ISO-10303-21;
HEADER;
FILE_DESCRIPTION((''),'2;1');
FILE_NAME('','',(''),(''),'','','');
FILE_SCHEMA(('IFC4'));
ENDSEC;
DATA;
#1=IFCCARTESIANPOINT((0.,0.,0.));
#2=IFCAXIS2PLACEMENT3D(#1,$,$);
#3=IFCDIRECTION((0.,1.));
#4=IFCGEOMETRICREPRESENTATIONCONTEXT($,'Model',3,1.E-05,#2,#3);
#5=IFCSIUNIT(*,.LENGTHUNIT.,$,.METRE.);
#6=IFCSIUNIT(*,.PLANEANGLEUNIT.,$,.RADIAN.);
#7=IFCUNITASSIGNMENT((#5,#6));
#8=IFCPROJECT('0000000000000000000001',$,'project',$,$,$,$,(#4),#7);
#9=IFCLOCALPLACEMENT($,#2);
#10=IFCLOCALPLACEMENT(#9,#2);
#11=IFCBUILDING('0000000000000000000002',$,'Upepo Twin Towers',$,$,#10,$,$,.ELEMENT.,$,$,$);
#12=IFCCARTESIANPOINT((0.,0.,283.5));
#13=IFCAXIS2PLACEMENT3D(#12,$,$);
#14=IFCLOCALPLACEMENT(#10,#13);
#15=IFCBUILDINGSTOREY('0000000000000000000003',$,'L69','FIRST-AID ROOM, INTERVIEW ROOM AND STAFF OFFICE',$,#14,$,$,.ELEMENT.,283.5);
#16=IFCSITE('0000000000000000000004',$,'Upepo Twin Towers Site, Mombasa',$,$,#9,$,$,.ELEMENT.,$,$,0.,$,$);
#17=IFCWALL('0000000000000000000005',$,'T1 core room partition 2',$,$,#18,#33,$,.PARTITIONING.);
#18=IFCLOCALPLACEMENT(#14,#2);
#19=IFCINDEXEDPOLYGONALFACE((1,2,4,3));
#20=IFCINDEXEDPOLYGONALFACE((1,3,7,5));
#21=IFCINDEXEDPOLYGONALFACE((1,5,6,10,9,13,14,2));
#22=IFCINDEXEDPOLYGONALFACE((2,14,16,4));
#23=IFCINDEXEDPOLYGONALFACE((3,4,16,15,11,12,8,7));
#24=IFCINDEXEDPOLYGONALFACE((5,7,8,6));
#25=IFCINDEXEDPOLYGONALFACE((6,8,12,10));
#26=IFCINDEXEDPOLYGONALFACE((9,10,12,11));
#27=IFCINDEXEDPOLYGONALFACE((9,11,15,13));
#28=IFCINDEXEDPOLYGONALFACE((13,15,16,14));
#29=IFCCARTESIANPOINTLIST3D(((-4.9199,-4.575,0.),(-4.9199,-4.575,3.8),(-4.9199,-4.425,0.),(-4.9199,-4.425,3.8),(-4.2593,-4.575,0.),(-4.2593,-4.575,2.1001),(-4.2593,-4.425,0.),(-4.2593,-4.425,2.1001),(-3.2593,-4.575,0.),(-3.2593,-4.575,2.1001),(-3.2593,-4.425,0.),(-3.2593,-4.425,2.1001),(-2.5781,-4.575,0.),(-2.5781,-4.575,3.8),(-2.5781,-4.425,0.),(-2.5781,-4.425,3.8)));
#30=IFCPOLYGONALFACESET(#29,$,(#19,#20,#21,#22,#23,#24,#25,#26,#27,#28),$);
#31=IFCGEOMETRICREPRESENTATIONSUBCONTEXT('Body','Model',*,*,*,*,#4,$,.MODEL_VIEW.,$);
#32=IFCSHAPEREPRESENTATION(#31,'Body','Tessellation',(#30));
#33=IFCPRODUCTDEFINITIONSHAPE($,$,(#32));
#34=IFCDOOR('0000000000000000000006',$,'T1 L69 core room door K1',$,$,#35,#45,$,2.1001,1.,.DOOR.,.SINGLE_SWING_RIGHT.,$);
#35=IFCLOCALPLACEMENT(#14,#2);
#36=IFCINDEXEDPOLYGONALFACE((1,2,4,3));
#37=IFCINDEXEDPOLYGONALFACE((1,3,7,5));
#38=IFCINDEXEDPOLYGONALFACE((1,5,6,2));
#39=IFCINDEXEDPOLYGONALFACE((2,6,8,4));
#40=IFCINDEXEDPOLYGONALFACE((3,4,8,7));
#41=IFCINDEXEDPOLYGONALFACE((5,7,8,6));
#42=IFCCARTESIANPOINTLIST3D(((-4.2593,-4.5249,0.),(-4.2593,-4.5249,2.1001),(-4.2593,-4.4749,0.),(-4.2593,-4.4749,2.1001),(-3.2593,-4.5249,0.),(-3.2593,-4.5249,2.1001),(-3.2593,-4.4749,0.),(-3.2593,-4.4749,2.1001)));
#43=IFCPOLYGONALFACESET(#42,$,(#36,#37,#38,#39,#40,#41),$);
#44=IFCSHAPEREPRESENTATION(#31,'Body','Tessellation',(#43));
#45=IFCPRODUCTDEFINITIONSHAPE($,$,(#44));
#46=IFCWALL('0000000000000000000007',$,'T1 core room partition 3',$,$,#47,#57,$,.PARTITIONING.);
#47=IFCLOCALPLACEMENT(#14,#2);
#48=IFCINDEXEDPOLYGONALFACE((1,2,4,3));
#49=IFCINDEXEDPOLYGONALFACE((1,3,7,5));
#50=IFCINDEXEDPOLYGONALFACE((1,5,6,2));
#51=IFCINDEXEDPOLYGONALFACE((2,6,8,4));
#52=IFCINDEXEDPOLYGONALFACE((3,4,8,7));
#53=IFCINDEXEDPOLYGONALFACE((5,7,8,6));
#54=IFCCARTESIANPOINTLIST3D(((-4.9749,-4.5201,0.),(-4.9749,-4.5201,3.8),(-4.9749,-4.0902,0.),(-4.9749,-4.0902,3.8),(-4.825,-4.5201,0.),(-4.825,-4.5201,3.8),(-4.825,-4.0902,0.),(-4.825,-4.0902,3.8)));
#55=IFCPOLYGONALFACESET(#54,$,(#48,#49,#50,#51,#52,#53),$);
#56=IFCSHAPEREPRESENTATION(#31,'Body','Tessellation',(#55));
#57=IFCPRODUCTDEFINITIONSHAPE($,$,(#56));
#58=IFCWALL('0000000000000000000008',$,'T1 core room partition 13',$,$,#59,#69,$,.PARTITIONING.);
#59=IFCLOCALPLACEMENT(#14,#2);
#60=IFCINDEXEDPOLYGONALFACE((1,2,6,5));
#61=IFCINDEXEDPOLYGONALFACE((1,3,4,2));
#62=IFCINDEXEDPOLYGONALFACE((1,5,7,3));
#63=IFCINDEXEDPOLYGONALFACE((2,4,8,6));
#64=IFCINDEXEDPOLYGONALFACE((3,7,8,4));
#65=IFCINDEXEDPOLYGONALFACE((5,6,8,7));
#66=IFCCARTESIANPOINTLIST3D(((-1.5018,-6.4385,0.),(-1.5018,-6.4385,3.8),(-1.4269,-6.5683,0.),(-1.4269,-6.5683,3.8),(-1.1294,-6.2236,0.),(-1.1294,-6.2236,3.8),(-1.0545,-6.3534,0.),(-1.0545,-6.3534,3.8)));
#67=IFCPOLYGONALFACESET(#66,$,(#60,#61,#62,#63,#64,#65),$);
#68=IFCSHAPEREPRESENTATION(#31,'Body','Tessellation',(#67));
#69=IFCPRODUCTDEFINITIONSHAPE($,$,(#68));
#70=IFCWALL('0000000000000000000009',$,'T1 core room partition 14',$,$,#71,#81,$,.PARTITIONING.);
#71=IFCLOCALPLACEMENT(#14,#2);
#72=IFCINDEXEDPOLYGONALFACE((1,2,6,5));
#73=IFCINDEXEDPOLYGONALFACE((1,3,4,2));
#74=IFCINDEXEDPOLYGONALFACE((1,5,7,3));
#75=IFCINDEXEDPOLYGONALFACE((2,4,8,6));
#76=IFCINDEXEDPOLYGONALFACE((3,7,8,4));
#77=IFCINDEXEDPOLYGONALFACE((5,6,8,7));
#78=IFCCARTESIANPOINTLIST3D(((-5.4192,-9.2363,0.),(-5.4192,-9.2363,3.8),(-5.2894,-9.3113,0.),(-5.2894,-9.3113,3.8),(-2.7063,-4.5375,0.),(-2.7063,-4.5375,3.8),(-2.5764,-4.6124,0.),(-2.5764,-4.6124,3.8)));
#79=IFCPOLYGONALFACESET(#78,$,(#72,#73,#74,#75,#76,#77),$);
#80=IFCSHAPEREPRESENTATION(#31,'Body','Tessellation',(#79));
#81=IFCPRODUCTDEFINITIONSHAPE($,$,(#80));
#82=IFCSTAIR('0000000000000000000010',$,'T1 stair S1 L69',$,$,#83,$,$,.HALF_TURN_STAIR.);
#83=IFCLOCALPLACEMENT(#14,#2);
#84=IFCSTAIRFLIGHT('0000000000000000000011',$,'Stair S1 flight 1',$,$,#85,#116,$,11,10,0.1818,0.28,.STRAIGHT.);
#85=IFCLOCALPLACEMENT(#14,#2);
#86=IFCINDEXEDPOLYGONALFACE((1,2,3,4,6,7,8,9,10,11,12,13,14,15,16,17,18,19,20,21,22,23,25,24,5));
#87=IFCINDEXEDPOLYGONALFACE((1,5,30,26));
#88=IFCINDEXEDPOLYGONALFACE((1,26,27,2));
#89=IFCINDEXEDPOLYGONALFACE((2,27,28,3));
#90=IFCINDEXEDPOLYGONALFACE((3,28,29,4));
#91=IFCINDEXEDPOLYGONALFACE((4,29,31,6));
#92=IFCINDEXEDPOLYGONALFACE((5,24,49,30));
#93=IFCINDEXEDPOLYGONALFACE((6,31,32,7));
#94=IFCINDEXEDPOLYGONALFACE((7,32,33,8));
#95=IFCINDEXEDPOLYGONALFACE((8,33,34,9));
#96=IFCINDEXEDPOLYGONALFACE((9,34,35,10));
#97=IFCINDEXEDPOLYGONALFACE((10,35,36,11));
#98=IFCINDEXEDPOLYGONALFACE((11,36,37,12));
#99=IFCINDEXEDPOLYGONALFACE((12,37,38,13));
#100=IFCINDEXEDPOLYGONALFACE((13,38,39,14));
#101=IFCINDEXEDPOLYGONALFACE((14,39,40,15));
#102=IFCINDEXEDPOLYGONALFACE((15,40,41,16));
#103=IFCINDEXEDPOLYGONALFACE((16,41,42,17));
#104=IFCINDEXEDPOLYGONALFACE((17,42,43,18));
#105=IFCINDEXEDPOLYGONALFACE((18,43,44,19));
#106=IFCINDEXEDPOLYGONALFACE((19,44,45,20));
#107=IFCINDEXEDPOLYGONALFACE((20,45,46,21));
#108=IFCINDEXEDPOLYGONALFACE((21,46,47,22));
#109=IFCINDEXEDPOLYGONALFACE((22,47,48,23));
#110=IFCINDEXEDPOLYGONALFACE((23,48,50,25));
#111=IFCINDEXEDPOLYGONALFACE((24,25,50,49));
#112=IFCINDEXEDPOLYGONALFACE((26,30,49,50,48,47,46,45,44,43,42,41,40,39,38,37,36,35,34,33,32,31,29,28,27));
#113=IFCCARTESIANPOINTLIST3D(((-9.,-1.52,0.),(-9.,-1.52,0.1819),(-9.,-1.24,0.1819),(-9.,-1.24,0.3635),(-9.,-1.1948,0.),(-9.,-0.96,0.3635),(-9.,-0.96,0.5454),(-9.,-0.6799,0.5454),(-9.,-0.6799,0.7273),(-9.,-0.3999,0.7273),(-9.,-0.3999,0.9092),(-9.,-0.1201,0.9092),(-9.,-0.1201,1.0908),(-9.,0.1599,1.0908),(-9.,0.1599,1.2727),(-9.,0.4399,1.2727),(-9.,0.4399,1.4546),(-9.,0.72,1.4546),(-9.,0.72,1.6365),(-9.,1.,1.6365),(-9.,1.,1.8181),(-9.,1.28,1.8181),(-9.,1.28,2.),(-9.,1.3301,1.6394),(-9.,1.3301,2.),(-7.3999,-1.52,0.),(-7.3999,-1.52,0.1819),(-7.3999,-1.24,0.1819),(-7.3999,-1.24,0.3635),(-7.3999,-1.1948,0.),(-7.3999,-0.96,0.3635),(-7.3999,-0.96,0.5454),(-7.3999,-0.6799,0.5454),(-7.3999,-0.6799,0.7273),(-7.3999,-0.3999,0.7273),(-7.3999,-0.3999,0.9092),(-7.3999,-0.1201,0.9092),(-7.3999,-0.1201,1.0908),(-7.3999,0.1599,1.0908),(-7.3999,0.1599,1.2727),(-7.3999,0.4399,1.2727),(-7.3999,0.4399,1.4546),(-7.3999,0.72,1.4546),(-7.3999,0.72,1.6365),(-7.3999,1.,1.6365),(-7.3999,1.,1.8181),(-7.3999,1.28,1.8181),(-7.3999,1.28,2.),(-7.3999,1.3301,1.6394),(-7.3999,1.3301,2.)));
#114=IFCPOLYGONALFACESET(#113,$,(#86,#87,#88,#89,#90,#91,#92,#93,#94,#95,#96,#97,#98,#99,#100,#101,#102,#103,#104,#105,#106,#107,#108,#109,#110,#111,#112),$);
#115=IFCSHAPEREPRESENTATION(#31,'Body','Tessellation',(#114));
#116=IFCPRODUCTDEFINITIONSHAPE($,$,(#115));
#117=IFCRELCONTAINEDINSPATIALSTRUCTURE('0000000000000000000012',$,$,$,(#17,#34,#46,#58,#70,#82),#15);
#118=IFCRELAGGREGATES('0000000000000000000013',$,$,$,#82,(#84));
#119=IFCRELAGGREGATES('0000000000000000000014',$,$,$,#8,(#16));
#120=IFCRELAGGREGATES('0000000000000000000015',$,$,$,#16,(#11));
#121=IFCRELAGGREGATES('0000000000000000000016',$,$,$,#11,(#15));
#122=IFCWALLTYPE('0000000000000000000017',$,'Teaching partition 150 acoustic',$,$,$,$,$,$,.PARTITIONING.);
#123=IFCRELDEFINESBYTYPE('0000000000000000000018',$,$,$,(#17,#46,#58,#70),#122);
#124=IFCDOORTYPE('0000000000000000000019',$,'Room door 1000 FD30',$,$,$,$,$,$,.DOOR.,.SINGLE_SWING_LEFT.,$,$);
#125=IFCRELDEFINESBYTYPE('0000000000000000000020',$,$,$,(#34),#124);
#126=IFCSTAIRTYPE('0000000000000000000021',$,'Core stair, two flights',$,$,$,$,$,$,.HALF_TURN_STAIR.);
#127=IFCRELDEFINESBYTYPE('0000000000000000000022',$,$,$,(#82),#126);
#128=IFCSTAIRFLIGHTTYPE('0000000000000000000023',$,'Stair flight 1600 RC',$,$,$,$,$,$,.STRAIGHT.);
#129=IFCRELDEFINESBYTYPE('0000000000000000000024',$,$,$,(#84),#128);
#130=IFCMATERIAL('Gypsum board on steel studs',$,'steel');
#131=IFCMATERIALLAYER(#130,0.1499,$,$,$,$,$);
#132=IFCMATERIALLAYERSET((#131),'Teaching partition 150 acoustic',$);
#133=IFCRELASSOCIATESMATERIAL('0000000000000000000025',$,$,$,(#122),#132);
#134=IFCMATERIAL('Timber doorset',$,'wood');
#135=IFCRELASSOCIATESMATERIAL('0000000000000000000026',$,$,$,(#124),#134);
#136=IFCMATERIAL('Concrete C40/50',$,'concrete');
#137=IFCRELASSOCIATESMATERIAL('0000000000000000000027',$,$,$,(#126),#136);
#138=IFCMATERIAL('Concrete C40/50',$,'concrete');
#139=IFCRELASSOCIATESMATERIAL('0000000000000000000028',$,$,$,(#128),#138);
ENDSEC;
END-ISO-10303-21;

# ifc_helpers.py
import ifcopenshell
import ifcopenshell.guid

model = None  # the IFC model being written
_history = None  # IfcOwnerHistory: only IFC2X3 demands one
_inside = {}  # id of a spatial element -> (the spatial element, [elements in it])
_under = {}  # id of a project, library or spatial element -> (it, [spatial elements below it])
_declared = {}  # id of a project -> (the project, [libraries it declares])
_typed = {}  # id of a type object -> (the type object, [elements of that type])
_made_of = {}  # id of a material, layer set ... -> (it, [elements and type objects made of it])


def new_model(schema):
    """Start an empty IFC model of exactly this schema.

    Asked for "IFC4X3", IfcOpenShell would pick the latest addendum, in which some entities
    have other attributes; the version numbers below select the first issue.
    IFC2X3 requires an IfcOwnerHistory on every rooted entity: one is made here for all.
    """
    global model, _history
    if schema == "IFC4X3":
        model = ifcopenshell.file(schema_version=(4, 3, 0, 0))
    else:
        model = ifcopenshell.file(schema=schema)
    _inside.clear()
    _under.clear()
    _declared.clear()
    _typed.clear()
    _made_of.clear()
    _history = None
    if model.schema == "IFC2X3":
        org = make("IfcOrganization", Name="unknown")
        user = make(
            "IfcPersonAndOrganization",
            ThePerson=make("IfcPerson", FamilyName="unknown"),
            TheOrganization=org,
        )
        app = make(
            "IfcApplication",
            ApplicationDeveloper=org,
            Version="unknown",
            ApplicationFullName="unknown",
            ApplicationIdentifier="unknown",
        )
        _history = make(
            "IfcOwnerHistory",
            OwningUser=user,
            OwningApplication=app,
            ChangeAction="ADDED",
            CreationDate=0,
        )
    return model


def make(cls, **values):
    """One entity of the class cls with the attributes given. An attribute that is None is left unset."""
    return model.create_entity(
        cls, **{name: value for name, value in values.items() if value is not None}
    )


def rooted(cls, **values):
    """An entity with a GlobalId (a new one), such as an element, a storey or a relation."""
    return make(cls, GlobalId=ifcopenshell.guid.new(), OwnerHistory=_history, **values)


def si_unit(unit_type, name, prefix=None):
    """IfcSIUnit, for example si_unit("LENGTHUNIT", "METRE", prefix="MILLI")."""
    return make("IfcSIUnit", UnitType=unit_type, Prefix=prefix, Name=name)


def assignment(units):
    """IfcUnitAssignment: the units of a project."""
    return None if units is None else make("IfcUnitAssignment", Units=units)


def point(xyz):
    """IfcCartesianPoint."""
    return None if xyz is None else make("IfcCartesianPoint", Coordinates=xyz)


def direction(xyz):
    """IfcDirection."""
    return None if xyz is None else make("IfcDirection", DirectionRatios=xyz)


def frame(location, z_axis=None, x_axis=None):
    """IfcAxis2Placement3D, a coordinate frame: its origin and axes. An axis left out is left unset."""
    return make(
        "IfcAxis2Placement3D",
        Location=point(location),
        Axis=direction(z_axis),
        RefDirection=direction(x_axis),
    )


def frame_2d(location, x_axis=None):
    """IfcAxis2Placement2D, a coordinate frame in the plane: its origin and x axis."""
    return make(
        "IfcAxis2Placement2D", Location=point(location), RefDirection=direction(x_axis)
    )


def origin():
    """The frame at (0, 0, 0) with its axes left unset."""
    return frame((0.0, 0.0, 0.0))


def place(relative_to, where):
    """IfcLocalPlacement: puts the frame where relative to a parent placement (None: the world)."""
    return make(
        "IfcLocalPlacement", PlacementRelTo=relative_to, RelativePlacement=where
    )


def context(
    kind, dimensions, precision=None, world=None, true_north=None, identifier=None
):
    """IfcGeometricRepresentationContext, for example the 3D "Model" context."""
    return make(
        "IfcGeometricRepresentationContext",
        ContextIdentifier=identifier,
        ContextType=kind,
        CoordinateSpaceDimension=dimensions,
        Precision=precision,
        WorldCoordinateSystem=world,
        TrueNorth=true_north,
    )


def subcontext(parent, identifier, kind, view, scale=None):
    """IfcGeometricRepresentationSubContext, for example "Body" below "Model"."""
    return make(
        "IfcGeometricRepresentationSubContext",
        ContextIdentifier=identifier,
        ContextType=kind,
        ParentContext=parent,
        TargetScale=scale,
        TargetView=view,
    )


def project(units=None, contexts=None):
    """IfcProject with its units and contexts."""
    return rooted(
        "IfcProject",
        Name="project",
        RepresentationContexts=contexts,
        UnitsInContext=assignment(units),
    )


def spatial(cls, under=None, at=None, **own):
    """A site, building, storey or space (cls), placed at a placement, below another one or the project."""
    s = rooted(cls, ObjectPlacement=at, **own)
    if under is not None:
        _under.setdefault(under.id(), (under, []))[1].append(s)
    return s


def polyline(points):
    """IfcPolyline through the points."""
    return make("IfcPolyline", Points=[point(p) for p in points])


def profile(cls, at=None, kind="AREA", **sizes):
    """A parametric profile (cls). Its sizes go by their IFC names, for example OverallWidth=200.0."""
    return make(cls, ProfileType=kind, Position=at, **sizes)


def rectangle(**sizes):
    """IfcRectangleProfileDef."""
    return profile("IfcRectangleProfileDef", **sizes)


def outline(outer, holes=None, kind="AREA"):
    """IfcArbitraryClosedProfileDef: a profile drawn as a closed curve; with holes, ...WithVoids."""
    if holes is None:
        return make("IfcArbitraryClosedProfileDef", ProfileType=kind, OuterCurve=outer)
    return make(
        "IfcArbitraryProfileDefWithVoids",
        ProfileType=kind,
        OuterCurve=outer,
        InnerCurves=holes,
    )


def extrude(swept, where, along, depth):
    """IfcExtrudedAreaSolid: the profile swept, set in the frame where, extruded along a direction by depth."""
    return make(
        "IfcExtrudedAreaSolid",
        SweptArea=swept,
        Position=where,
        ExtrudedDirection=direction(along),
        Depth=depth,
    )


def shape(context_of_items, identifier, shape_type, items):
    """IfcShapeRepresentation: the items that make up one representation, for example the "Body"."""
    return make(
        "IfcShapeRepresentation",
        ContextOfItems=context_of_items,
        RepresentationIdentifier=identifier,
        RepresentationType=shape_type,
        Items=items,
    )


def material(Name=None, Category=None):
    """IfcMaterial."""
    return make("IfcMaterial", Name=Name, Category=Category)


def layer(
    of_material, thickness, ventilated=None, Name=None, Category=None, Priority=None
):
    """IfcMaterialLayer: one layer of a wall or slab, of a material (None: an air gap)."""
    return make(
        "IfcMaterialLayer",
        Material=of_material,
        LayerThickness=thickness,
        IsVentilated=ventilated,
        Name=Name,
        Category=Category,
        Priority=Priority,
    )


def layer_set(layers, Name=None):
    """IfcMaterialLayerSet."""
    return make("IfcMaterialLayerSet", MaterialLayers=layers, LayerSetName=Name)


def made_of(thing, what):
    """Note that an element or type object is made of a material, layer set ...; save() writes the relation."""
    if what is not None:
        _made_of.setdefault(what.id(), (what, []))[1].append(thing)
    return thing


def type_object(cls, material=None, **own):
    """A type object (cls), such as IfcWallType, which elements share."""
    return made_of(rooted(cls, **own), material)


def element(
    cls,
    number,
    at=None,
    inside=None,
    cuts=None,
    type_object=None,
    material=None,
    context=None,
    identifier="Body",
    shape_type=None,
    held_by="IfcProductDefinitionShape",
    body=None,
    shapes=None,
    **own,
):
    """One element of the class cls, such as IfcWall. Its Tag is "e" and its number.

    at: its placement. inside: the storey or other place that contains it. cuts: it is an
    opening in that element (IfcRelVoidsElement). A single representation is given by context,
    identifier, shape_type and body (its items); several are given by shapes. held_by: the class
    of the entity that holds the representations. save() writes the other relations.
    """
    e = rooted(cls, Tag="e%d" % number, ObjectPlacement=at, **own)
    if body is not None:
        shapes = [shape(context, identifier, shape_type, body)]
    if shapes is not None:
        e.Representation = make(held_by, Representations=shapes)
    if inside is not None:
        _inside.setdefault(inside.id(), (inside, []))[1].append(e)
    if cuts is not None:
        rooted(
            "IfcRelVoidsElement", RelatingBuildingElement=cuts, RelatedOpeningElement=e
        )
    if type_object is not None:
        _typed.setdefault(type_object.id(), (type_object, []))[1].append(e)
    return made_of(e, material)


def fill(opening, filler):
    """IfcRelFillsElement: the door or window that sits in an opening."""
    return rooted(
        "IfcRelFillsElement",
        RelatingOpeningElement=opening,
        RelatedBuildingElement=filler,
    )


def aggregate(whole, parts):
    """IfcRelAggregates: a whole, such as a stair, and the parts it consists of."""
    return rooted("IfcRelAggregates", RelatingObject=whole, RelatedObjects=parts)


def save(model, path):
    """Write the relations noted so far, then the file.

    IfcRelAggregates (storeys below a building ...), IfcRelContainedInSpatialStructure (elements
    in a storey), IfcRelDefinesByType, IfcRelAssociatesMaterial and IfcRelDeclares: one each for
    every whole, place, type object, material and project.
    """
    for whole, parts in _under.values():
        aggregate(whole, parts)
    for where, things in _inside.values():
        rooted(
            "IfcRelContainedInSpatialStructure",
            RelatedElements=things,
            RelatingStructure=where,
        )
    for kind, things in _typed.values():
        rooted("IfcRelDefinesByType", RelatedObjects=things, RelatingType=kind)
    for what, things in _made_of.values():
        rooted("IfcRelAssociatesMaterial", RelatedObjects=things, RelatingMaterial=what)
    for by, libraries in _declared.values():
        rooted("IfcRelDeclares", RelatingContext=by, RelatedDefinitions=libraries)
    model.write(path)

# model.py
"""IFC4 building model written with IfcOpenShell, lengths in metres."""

from ifc_helpers import new_model, si_unit, direction, frame, frame_2d, origin, place, context, subcontext, project, spatial, polyline, rectangle, outline, extrude, material, layer, layer_set, type_object, element, fill, aggregate, save


model = new_model("IFC4")

# Units and contexts
model_context = context("Model", 3, precision=1e-05, world=origin(), true_north=direction((0.0, 1.0)))
body_context = subcontext(model_context, "Body", "Model", "MODEL_VIEW")
ifc_project = project(units=[si_unit("LENGTHUNIT", "METRE"), si_unit("PLANEANGLEUNIT", "RADIAN")], contexts=[model_context])

# Site, building, storey
site_placement = place(None, origin())
site = spatial("IfcSite", under=ifc_project, at=site_placement, Name="Upepo Twin Towers Site, Mombasa", CompositionType="ELEMENT", RefElevation=0.0)
building_placement = place(site_placement, origin())
building = spatial("IfcBuilding", under=site, at=building_placement, Name="Upepo Twin Towers", CompositionType="ELEMENT")
storey_placement = place(building_placement, frame((0.0, 0.0, 283.5)))
storey = spatial("IfcBuildingStorey", under=building, at=storey_placement, Name="L69", Description="FIRST-AID ROOM, INTERVIEW ROOM AND STAFF OFFICE", CompositionType="ELEMENT", Elevation=283.5)

# Wall, opening, door
ifc_material_1 = material(Name="Gypsum board on steel studs", Category="steel")
ifc_layer_1 = layer(ifc_material_1, 0.1499)
ifc_layer_set_1 = layer_set([ifc_layer_1], Name="Teaching partition 150 acoustic")
wall_type_1 = type_object("IfcWallType", Name="Teaching partition 150 acoustic", PredefinedType="PARTITIONING", material=ifc_layer_set_1)
ifc_material_2 = material(Name="Timber doorset", Category="wood")
door_type_1 = type_object("IfcDoorType", Name="Room door 1000 FD30", OperationType="SINGLE_SWING_LEFT", PredefinedType="DOOR", material=ifc_material_2)
wall_1_placement = place(storey_placement, frame((-2.5781, -4.5, 0.0), z_axis=(0.0, 0.0, 1.0), x_axis=(-1.0, 0.0, 0.0)))
wall_1 = element("IfcWall", 1, at=wall_1_placement, inside=storey, type_object=wall_type_1, Name="T1 core room partition 2", PredefinedType="PARTITIONING", context=body_context, shape_type="SweptSolid", body=[
    extrude(rectangle(XDim=2.3418, YDim=0.1499, at=frame_2d((1.1709, 0.0))), origin(), (0.0, 0.0, 1.0), 3.8),
])
opening_1_placement = place(wall_1_placement, frame((0.6812, 0.0, 0.0)))
opening_1 = element("IfcOpeningElement", 2, at=opening_1_placement, cuts=wall_1, PredefinedType="OPENING", context=body_context, shape_type="SweptSolid", body=[
    extrude(rectangle(XDim=1.0, YDim=2.1001, at=frame_2d((0.5, 1.05))), frame((0.0, 0.085, 0.0), z_axis=(0.0, -1.0, 0.0), x_axis=(1.0, 0.0, 0.0)), (0.0, 0.0, 1.0), 0.1699),
])
door_1_placement = place(opening_1_placement, origin())
door_1 = element("IfcDoor", 3, at=door_1_placement, inside=storey, type_object=door_type_1, Name="T1 L69 core room door K1", OperationType="SINGLE_SWING_RIGHT", OverallHeight=2.1001, OverallWidth=1.0, PredefinedType="DOOR", context=body_context, shape_type="SweptSolid", body=[
    extrude(rectangle(XDim=1.0, YDim=2.1001, at=frame_2d((0.5, 1.05))), frame((0.0, 0.0249, 0.0), z_axis=(0.0, -1.0, 0.0), x_axis=(1.0, 0.0, 0.0)), (0.0, 0.0, 1.0), 0.05),
])
fill(opening_1, door_1)

# Walls
for number, where, z_axis, x_axis, name in (
    (4, (-4.8999, -4.52, 0.0), (0.0, 0.0, 1.0), (0.0, 1.0, 0.0), "T1 core room partition 3"),
    (5, (-1.092, -6.2886, 0.0), (0.0, 0.0, 1.0), (-0.866138, -0.499804, 0.0), "T1 core room partition 13"),
):
    element("IfcWall", number, at=place(storey_placement, frame(where, z_axis=z_axis, x_axis=x_axis)), inside=storey, type_object=wall_type_1, Name=name, PredefinedType="PARTITIONING", context=body_context, shape_type="SweptSolid", body=[
        extrude(rectangle(XDim=0.4299, YDim=0.1499, at=frame_2d((0.2148, 0.0))), origin(), (0.0, 0.0, 1.0), 3.8),
    ])
wall_2_placement = place(storey_placement, frame((-2.6414, -4.575, 0.0), z_axis=(0.0, 0.0, 1.0), x_axis=(-0.500011, -0.866019, 0.0)))
element("IfcWall", 6, at=wall_2_placement, inside=storey, type_object=wall_type_1, Name="T1 core room partition 14", PredefinedType="PARTITIONING", context=body_context, shape_type="SweptSolid", body=[
    extrude(rectangle(XDim=5.4258, YDim=0.1499, at=frame_2d((2.7129, 0.0))), origin(), (0.0, 0.0, 1.0), 3.8),
])

# Stair, stair flight
ifc_material_3 = material(Name="Concrete C40/50", Category="concrete")
stair_type = type_object("IfcStairType", Name="Core stair, two flights", PredefinedType="HALF_TURN_STAIR", material=ifc_material_3)
stair_placement = place(storey_placement, origin())
stair = element("IfcStair", 7, at=stair_placement, inside=storey, type_object=stair_type, Name="T1 stair S1 L69", PredefinedType="HALF_TURN_STAIR")
ifc_material_4 = material(Name="Concrete C40/50", Category="concrete")
stair_flight_type = type_object("IfcStairFlightType", Name="Stair flight 1600 RC", PredefinedType="STRAIGHT", material=ifc_material_4)
stair_flight_placement = place(storey_placement, frame((-8.2, -1.52, 0.0), z_axis=(0.0, 0.0, 1.0), x_axis=(0.0, 1.0, 0.0)))
stair_flight = element("IfcStairFlight", 8, at=stair_flight_placement, type_object=stair_flight_type, Name="Stair S1 flight 1", NumberOfRisers=11, NumberOfTreads=10, PredefinedType="STRAIGHT", RiserHeight=0.1818, TreadLength=0.28, context=body_context, shape_type="SweptSolid", body=[
    extrude(outline(polyline([(0.0, 0.0), (0.0, 0.1819), (0.28, 0.1819), (0.28, 0.3635), (0.5601, 0.3635), (0.5601, 0.5454), (0.8401, 0.5454), (0.8401, 0.7273), (1.1201, 0.7273), (1.1201, 0.9092), (1.3999, 0.9092), (1.3999, 1.0908), (1.6799, 1.0908), (1.6799, 1.2727), (1.96, 1.2727), (1.96, 1.4546), (2.24, 1.4546), (2.24, 1.6365), (2.52, 1.6365), (2.52, 1.8181), (2.8, 1.8181), (2.8, 2.0), (2.8501, 2.0), (2.8501, 1.6394), (0.3252, 0.0), (0.0, 0.0)])), frame((0.0, 0.8, 0.0), z_axis=(0.0, -1.0, 0.0), x_axis=(1.0, 0.0, 0.0)), (0.0, 0.0, 1.0), 1.6001),
])
aggregate(stair, [stair_flight])

save(model, "model.ifc")
